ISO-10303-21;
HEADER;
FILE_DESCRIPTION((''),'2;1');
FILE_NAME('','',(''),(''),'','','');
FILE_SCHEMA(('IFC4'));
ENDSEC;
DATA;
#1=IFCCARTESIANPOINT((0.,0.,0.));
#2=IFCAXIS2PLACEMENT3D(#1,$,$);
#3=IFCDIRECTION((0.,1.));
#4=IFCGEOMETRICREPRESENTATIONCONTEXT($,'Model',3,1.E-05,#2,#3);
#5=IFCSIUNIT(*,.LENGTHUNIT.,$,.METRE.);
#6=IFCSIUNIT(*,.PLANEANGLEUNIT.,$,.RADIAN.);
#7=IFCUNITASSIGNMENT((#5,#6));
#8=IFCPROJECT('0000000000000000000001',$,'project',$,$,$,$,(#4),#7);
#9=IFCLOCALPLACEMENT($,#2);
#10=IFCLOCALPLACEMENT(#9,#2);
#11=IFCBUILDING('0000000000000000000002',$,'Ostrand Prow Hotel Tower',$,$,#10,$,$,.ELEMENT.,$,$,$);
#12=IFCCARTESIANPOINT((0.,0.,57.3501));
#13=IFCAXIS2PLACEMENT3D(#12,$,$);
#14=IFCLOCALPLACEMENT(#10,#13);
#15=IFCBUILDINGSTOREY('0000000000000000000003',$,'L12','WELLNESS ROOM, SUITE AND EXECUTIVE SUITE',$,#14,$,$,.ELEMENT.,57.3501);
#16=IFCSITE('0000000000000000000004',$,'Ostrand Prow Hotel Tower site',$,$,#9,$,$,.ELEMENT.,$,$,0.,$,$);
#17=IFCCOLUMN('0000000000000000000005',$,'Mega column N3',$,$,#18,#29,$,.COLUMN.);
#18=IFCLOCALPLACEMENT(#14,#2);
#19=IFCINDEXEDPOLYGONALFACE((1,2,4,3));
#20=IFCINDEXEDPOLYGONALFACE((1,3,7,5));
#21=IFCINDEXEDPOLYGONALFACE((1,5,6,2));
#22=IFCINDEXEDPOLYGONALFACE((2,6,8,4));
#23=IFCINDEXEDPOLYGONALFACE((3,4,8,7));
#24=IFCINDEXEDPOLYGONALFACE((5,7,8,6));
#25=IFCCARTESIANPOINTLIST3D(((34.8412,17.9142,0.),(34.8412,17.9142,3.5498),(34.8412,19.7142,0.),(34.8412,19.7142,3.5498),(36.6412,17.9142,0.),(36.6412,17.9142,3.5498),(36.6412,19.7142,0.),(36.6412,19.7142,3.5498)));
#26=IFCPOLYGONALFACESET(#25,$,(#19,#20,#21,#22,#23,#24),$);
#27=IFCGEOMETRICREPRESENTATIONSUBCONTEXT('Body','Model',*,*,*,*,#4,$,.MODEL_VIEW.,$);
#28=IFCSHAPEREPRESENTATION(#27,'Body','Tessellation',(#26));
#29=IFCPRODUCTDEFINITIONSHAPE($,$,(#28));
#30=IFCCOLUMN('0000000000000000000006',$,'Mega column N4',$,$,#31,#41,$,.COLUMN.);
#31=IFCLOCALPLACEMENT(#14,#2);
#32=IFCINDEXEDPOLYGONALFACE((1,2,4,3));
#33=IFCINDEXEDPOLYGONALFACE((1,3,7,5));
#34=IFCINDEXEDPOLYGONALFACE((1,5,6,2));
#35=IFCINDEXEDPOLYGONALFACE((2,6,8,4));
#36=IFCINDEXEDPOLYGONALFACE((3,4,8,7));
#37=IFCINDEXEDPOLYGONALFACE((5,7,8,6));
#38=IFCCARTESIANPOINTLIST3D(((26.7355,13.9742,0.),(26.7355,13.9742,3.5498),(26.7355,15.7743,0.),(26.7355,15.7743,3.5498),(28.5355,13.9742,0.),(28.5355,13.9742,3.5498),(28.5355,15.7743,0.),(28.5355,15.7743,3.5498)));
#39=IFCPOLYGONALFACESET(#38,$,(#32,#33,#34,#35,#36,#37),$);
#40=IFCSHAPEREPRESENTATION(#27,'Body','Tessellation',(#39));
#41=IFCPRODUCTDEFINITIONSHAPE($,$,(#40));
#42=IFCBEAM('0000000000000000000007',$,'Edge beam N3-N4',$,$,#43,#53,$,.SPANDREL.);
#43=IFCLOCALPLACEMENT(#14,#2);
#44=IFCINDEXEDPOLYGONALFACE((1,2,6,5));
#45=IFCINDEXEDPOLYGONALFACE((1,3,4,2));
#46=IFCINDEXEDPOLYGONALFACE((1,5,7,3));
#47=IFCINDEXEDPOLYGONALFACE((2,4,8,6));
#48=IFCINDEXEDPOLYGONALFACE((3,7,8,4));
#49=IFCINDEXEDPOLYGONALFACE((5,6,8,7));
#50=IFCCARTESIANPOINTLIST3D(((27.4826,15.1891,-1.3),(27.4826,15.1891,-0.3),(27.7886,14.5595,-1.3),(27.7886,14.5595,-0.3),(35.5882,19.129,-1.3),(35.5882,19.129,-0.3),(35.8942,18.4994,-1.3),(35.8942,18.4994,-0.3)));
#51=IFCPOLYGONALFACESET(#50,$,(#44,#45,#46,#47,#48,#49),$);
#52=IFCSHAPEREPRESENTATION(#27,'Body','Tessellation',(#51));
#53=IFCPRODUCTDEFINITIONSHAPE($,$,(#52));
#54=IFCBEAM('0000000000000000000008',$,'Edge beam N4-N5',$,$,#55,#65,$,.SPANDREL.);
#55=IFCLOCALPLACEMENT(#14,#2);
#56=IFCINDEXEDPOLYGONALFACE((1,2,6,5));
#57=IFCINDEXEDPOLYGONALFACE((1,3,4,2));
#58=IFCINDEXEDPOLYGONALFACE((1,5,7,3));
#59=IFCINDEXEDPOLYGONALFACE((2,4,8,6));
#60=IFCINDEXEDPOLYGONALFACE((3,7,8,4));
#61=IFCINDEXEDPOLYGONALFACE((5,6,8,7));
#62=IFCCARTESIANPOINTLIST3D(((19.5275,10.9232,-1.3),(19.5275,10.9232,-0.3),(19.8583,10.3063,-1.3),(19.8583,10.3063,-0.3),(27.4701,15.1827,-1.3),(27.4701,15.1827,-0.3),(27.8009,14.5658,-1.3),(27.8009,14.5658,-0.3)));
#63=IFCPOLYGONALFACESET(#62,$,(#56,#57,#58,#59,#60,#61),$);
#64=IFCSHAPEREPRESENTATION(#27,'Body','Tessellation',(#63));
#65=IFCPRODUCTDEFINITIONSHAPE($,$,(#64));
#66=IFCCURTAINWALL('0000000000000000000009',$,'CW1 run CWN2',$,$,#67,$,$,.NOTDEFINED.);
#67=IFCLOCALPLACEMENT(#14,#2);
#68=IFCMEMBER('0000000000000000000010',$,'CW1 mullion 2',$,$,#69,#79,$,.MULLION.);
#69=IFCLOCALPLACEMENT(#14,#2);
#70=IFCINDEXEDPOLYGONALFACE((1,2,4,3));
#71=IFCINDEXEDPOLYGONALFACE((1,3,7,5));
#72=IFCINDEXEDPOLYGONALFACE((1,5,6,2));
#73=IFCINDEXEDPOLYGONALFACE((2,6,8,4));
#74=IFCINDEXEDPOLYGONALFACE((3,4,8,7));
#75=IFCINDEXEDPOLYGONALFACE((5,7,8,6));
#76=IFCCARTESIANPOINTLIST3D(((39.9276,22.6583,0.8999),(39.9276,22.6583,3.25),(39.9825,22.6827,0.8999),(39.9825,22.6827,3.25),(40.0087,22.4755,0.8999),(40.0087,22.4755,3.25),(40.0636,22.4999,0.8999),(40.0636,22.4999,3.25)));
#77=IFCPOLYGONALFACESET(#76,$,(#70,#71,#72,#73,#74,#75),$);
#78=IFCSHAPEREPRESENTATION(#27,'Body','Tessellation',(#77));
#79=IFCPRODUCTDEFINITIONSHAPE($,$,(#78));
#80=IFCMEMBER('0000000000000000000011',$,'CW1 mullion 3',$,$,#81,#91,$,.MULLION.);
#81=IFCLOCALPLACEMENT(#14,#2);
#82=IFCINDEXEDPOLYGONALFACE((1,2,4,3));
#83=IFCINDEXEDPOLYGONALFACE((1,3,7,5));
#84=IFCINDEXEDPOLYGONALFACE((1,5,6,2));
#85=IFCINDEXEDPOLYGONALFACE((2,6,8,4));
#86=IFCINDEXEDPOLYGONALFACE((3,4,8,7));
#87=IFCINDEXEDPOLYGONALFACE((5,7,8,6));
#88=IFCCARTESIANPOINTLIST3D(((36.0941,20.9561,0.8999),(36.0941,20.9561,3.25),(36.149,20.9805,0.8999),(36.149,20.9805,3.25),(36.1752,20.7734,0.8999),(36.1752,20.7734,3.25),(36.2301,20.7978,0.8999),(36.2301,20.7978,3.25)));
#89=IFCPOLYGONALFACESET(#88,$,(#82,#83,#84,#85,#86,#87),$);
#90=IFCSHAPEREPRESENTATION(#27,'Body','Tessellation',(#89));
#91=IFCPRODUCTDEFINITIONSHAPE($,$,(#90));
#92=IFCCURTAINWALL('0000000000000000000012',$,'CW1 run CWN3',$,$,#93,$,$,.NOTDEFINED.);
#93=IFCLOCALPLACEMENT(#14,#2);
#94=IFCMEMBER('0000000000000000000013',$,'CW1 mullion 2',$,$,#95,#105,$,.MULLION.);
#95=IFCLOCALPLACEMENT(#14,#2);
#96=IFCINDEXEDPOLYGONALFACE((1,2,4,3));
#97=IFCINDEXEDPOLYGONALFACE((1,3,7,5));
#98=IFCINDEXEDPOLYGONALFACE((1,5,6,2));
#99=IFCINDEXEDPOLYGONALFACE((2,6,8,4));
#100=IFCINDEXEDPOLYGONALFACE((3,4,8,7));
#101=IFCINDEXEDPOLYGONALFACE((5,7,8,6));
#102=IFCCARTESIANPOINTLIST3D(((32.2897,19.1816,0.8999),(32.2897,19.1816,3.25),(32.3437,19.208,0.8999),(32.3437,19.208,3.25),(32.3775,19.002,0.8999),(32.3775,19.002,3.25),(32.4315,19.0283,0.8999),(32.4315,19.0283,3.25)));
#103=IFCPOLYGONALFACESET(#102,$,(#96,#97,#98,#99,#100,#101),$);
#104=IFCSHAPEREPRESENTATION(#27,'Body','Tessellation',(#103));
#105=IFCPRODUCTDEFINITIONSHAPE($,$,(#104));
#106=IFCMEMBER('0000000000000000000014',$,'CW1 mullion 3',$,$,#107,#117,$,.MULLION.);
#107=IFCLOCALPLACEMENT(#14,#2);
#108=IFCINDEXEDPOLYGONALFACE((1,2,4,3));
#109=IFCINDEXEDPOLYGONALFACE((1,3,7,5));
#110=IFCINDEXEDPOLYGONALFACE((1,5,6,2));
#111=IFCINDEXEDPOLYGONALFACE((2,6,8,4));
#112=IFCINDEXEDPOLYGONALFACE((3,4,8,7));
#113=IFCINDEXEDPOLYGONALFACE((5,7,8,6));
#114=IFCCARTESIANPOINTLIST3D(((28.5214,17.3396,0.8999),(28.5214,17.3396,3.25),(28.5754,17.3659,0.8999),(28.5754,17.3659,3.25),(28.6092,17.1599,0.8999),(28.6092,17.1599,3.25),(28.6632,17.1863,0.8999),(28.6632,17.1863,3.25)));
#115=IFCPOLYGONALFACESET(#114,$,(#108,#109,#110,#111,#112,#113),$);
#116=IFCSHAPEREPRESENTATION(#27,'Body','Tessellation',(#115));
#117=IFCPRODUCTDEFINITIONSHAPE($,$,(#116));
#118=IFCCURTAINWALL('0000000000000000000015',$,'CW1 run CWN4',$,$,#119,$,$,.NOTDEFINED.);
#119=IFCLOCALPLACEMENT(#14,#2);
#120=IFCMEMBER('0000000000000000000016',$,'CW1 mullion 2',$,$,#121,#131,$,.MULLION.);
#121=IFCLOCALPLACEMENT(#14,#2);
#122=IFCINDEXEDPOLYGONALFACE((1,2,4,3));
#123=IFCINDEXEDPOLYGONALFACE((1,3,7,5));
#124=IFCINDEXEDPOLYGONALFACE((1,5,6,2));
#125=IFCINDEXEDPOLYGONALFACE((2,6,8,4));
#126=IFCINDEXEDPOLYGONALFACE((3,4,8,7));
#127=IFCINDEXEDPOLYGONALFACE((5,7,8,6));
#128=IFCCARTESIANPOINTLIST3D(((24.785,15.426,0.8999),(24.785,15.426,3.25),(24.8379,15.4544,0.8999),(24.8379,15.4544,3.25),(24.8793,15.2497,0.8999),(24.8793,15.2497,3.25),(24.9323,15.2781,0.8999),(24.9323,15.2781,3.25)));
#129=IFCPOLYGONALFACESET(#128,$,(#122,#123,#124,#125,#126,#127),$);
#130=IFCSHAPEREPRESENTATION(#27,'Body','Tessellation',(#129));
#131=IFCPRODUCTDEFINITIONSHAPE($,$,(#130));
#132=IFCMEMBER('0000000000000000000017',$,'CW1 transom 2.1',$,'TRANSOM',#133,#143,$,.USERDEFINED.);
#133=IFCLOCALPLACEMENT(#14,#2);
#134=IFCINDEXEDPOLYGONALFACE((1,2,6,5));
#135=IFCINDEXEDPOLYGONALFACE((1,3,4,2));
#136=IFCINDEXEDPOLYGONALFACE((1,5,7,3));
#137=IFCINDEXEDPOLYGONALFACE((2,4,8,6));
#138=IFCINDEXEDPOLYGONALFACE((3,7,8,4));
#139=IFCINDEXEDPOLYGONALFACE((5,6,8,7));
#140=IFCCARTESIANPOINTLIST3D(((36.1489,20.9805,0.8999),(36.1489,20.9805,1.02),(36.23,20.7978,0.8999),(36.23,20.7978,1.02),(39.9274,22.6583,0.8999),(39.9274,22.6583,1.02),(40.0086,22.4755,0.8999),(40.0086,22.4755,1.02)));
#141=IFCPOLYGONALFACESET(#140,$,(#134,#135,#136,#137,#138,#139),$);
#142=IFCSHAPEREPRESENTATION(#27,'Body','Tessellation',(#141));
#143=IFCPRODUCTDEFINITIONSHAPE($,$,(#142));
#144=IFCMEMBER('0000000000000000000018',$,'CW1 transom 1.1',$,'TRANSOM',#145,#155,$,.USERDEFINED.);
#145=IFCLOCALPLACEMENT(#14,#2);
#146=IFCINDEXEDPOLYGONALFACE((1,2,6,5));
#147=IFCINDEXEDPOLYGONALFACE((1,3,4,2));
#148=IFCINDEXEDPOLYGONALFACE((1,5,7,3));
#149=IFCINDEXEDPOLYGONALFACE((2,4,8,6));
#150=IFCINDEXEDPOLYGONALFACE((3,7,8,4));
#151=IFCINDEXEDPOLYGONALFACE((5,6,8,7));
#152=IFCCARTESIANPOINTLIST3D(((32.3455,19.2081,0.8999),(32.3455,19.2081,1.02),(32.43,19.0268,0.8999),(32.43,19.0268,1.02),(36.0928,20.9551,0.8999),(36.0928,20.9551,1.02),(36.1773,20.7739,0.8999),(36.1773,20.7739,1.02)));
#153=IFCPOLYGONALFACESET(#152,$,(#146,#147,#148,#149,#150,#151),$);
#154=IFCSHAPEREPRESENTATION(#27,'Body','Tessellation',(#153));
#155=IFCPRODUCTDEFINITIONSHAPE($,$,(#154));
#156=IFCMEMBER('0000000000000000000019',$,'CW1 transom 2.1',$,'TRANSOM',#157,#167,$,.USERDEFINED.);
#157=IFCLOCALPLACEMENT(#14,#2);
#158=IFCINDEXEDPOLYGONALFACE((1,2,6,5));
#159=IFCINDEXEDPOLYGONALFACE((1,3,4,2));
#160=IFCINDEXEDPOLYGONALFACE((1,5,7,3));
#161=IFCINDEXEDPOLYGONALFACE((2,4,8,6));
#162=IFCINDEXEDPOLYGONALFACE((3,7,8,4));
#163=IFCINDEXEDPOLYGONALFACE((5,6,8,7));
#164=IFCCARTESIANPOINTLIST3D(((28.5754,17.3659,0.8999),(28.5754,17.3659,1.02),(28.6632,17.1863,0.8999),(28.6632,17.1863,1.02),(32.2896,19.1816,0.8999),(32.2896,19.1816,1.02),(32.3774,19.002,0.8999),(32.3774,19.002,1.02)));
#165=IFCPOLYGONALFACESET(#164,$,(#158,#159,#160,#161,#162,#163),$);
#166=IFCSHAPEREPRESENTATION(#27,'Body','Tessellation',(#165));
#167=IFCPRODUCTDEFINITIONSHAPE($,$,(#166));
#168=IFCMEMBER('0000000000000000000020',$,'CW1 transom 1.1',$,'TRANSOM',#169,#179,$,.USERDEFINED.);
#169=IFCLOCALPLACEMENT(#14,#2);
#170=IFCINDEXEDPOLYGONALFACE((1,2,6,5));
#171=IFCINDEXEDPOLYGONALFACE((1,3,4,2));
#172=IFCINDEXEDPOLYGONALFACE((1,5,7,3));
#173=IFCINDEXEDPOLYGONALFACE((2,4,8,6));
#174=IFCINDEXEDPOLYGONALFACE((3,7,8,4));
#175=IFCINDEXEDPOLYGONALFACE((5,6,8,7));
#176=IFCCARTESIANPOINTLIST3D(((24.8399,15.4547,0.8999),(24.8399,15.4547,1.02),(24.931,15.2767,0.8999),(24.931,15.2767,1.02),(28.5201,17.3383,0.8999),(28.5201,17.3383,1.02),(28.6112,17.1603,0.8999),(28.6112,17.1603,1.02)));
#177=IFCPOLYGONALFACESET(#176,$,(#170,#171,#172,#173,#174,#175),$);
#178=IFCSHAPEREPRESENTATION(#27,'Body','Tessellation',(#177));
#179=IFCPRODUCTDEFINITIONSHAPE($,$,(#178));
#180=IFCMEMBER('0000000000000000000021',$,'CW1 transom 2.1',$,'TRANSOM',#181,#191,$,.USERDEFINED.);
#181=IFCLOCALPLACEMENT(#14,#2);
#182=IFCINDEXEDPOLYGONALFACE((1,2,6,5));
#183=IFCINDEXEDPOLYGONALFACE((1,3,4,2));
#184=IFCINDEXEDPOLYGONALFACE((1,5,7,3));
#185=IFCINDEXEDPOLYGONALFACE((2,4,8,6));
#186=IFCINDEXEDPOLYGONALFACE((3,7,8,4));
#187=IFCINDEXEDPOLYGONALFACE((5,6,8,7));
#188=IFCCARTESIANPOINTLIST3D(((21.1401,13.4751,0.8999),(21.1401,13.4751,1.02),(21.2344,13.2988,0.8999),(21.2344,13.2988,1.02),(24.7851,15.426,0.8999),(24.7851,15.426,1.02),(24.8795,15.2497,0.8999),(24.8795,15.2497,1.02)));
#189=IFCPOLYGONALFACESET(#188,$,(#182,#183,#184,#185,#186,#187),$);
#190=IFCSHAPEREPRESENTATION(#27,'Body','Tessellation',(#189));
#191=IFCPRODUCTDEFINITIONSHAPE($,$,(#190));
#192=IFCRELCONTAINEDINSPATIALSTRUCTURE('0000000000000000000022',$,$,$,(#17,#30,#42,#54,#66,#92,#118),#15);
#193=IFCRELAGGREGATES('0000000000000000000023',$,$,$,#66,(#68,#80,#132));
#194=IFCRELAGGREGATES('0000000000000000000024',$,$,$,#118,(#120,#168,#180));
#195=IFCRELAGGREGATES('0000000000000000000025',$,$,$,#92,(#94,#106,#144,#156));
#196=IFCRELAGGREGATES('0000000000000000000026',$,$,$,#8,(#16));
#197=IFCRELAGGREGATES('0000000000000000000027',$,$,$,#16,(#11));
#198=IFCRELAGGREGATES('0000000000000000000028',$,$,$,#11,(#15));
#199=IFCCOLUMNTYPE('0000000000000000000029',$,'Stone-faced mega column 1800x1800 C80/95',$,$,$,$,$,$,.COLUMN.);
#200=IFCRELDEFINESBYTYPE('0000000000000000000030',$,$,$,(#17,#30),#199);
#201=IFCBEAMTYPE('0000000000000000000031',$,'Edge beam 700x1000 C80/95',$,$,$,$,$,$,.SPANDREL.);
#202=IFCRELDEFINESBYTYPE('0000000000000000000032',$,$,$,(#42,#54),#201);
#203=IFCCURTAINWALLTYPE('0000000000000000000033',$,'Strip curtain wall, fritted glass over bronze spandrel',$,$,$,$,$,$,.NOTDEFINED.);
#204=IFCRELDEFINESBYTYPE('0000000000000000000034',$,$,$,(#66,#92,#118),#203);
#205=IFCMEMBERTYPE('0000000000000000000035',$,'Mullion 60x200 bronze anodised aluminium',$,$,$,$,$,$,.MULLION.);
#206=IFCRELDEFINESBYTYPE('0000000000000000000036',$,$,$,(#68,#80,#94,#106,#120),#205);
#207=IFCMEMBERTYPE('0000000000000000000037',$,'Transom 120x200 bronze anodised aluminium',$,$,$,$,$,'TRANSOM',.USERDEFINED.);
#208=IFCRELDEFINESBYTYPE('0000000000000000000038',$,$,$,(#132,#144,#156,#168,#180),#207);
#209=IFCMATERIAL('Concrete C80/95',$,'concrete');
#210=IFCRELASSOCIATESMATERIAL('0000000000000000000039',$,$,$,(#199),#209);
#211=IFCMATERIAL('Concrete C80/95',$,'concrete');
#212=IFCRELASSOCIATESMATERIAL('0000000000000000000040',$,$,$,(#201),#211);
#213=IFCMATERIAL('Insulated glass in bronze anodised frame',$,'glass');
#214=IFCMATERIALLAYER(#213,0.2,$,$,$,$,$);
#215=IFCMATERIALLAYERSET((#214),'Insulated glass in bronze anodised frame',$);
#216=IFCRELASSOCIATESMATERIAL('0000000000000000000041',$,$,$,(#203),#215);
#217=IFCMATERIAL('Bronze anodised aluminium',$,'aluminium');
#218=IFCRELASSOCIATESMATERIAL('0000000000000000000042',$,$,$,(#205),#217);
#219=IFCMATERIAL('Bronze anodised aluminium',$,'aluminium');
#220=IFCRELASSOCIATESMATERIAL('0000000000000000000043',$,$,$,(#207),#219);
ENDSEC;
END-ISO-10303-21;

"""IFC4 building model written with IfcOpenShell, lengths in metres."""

from ifc_helpers import new_model, si_unit, direction, frame, origin, origin_2d, place, context, subcontext, project, spatial, rectangle, extrude, material, layer, layer_set, material_profile, profile_set, type_object, element, aggregate, save


model = new_model("IFC4")

# Units and contexts
model_context = context("Model", 3, precision=1e-05, world=origin(), true_north=direction((0.0, 1.0)))
body_context = subcontext(model_context, "Body", "Model", "MODEL_VIEW")
ifc_project = project(units=[si_unit("LENGTHUNIT", "METRE"), si_unit("PLANEANGLEUNIT", "RADIAN")], contexts=[model_context])

# Site, building, storey
site_placement = place(None, origin())
site = spatial("IfcSite", under=ifc_project, at=site_placement, Name="Ostrand Prow Hotel Tower site", CompositionType="ELEMENT", RefElevation=0.0)
building_placement = place(site_placement, origin())
building = spatial("IfcBuilding", under=site, at=building_placement, Name="Ostrand Prow Hotel Tower", CompositionType="ELEMENT")
storey_placement = place(building_placement, frame((0.0, 0.0, 57.3501)))
storey = spatial("IfcBuildingStorey", under=building, at=storey_placement, Name="L12", Description="WELLNESS ROOM, SUITE AND EXECUTIVE SUITE", CompositionType="ELEMENT", Elevation=57.3501)

# Columns
ifc_material_1 = material(Name="Concrete C80/95", Category="concrete")
ifc_material_profile_1 = material_profile(ifc_material_1, rectangle(XDim=1.8, YDim=1.8, at=origin_2d()), Name="RC 1800x1800")
ifc_profile_set_1 = profile_set([ifc_material_profile_1], Name="Concrete C80/95")
column_type = type_object("IfcColumnType", Name="Stone-faced mega column 1800x1800 C80/95", PredefinedType="COLUMN", material=ifc_profile_set_1)
for number, where, z_axis, x_axis, name in (
    (1, (35.7412, 18.8142, 0.0), (0.0, 0.0, 1.0), (1.0, 0.0, 0.0), "Mega column N3"),
    (2, (27.6355, 14.8743, 0.0), (0.0, 0.0, 1.0), (1.0, 0.0, 0.0), "Mega column N4"),
):
    element("IfcColumn", number, at=place(storey_placement, frame(where, z_axis=z_axis, x_axis=x_axis)), inside=storey, type_object=column_type, Name=name, PredefinedType="COLUMN", context=body_context, shape_type="SweptSolid", body=[
        extrude(rectangle(XDim=1.8, YDim=1.8, at=origin_2d()), origin(), (0.0, 0.0, 1.0), 3.5498),
    ])

# Beams
ifc_material_2 = material(Name="Concrete C80/95", Category="concrete")
ifc_material_profile_2 = material_profile(ifc_material_2, rectangle(XDim=0.7, YDim=1.0, at=origin_2d()), Name="RC 700x1000")
ifc_profile_set_2 = profile_set([ifc_material_profile_2], Name="Concrete C80/95")
beam_type = type_object("IfcBeamType", Name="Edge beam 700x1000 C80/95", PredefinedType="SPANDREL", material=ifc_profile_set_2)
beam_1_placement = place(storey_placement, frame((35.7412, 18.8142, -0.8), z_axis=(-0.899382, -0.437163, 0.0), x_axis=(0.437163, -0.899382, 0.0)))
element("IfcBeam", 3, at=beam_1_placement, inside=storey, type_object=beam_type, Name="Edge beam N3-N4", PredefinedType="SPANDREL", context=body_context, shape_type="SweptSolid", body=[
    extrude(rectangle(XDim=0.7, YDim=1.0, at=origin_2d()), origin(), (0.0, 0.0, 1.0), 9.0125),
])
beam_2_placement = place(storey_placement, frame((27.6355, 14.8743, -0.8), z_axis=(-0.88127, -0.472613, 0.0), x_axis=(0.472613, -0.88127, 0.0)))
element("IfcBeam", 4, at=beam_2_placement, inside=storey, type_object=beam_type, Name="Edge beam N4-N5", PredefinedType="SPANDREL", context=body_context, shape_type="SweptSolid", body=[
    extrude(rectangle(XDim=0.7, YDim=1.0, at=origin_2d()), origin(), (0.0, 0.0, 1.0), 9.0127),
])

# Curtain walls, members
ifc_material_3 = material(Name="Insulated glass in bronze anodised frame", Category="glass")
ifc_layer_1 = layer(ifc_material_3, 0.2)
ifc_layer_set_1 = layer_set([ifc_layer_1], Name="Insulated glass in bronze anodised frame")
curtain_wall_type = type_object("IfcCurtainWallType", Name="Strip curtain wall, fritted glass over bronze spandrel", PredefinedType="NOTDEFINED", material=ifc_layer_set_1)
curtain_wall_1_placement = place(storey_placement, origin())
curtain_wall_1 = element("IfcCurtainWall", 5, at=curtain_wall_1_placement, inside=storey, type_object=curtain_wall_type, Name="CW1 run CWN2", PredefinedType="NOTDEFINED")
ifc_material_4 = material(Name="Bronze anodised aluminium", Category="aluminium")
ifc_material_profile_3 = material_profile(ifc_material_4, rectangle(XDim=0.2, YDim=0.0601, at=origin_2d()), Name="Mullion 60x200 bronze anodised aluminium")
ifc_profile_set_3 = profile_set([ifc_material_profile_3], Name="Bronze anodised aluminium")
member_type_1 = type_object("IfcMemberType", Name="Mullion 60x200 bronze anodised aluminium", PredefinedType="MULLION", material=ifc_profile_set_3)
member_1_placement = place(storey_placement, frame((39.9956, 22.5791, 0.8999), z_axis=(0.0, 0.0, 1.0), x_axis=(0.40578, -0.913971, 0.0)))
member_1 = element("IfcMember", 6, at=member_1_placement, type_object=member_type_1, Name="CW1 mullion 2", PredefinedType="MULLION", context=body_context, shape_type="SweptSolid", body=[
    extrude(rectangle(XDim=0.2, YDim=0.0601, at=origin_2d()), origin(), (0.0, 0.0, 1.0), 2.3501),
])
member_2_placement = place(storey_placement, frame((36.1621, 20.877, 0.8999), z_axis=(0.0, 0.0, 1.0), x_axis=(0.40578, -0.913971, 0.0)))
member_2 = element("IfcMember", 7, at=member_2_placement, type_object=member_type_1, Name="CW1 mullion 3", PredefinedType="MULLION", context=body_context, shape_type="SweptSolid", body=[
    extrude(rectangle(XDim=0.2, YDim=0.0601, at=origin_2d()), origin(), (0.0, 0.0, 1.0), 2.3501),
])
curtain_wall_2_placement = place(storey_placement, origin())
curtain_wall_2 = element("IfcCurtainWall", 8, at=curtain_wall_2_placement, inside=storey, type_object=curtain_wall_type, Name="CW1 run CWN3", PredefinedType="NOTDEFINED")
member_3_placement = place(storey_placement, frame((32.3606, 19.105, 0.8999), z_axis=(0.0, 0.0, 1.0), x_axis=(0.439138, -0.89842, 0.0)))
member_3 = element("IfcMember", 9, at=member_3_placement, type_object=member_type_1, Name="CW1 mullion 2", PredefinedType="MULLION", context=body_context, shape_type="SweptSolid", body=[
    extrude(rectangle(XDim=0.2, YDim=0.0601, at=origin_2d()), origin(), (0.0, 0.0, 1.0), 2.3501),
])
member_4_placement = place(storey_placement, frame((28.5923, 17.2629, 0.8999), z_axis=(0.0, 0.0, 1.0), x_axis=(0.439138, -0.89842, 0.0)))
member_4 = element("IfcMember", 10, at=member_4_placement, type_object=member_type_1, Name="CW1 mullion 3", PredefinedType="MULLION", context=body_context, shape_type="SweptSolid", body=[
    extrude(rectangle(XDim=0.2, YDim=0.0601, at=origin_2d()), origin(), (0.0, 0.0, 1.0), 2.3501),
])

# Curtain wall, member
curtain_wall_3_placement = place(storey_placement, origin())
curtain_wall_3 = element("IfcCurtainWall", 11, at=curtain_wall_3_placement, inside=storey, type_object=curtain_wall_type, Name="CW1 run CWN4", PredefinedType="NOTDEFINED")
member_5_placement = place(storey_placement, frame((24.8586, 15.3521, 0.8999), z_axis=(0.0, 0.0, 1.0), x_axis=(0.4719, -0.881652, 0.0)))
member_5 = element("IfcMember", 12, at=member_5_placement, type_object=member_type_1, Name="CW1 mullion 2", PredefinedType="MULLION", context=body_context, shape_type="SweptSolid", body=[
    extrude(rectangle(XDim=0.2, YDim=0.0601, at=origin_2d()), origin(), (0.0, 0.0, 1.0), 2.3501),
])

# Members
ifc_material_5 = material(Name="Bronze anodised aluminium", Category="aluminium")
ifc_material_profile_4 = material_profile(ifc_material_5, rectangle(XDim=0.2, YDim=0.1201, at=origin_2d()), Name="Transom 120x200 bronze anodised aluminium")
ifc_profile_set_4 = profile_set([ifc_material_profile_4], Name="Bronze anodised aluminium")
member_type_2 = type_object("IfcMemberType", Name="Transom 120x200 bronze anodised aluminium", ElementType="TRANSOM", PredefinedType="USERDEFINED", material=ifc_profile_set_4)
member_6_placement = place(storey_placement, frame((39.968, 22.5669, 0.96), z_axis=(-0.913958, -0.40581, 0.0), x_axis=(0.40581, -0.913958, 0.0)))
member_6 = element("IfcMember", 13, at=member_6_placement, type_object=member_type_2, Name="CW1 transom 2.1", ObjectType="TRANSOM", PredefinedType="USERDEFINED", context=body_context, shape_type="SweptSolid", body=[
    extrude(rectangle(XDim=0.2, YDim=0.1201, at=origin_2d()), origin(), (0.0, 0.0, 1.0), 4.1343),
])
member_7_placement = place(storey_placement, frame((36.135, 20.8645, 0.96), z_axis=(-0.906338, -0.422552, 0.0), x_axis=(0.422552, -0.906338, 0.0)))
member_7 = element("IfcMember", 14, at=member_7_placement, type_object=member_type_2, Name="CW1 transom 1.1", ObjectType="TRANSOM", PredefinedType="USERDEFINED", context=body_context, shape_type="SweptSolid", body=[
    extrude(rectangle(XDim=0.2, YDim=0.1201, at=origin_2d()), origin(), (0.0, 0.0, 1.0), 4.1345),
])
member_8_placement = place(storey_placement, frame((32.3335, 19.0918, 0.96), z_axis=(-0.898395, -0.439188, 0.0), x_axis=(0.439188, -0.898395, 0.0)))
member_8 = element("IfcMember", 15, at=member_8_placement, type_object=member_type_2, Name="CW1 transom 2.1", ObjectType="TRANSOM", PredefinedType="USERDEFINED", context=body_context, shape_type="SweptSolid", body=[
    extrude(rectangle(XDim=0.2, YDim=0.1201, at=origin_2d()), origin(), (0.0, 0.0, 1.0), 4.1343),
])
member_9_placement = place(storey_placement, frame((28.5657, 17.2493, 0.96), z_axis=(-0.890183, -0.455603, 0.0), x_axis=(0.455603, -0.890183, 0.0)))
member_9 = element("IfcMember", 16, at=member_9_placement, type_object=member_type_2, Name="CW1 transom 1.1", ObjectType="TRANSOM", PredefinedType="USERDEFINED", context=body_context, shape_type="SweptSolid", body=[
    extrude(rectangle(XDim=0.2, YDim=0.1201, at=origin_2d()), origin(), (0.0, 0.0, 1.0), 4.1343),
])
member_10_placement = place(storey_placement, frame((24.8323, 15.3379, 0.96), z_axis=(-0.881657, -0.47189, 0.0), x_axis=(0.47189, -0.881657, 0.0)))
member_10 = element("IfcMember", 17, at=member_10_placement, type_object=member_type_2, Name="CW1 transom 2.1", ObjectType="TRANSOM", PredefinedType="USERDEFINED", context=body_context, shape_type="SweptSolid", body=[
    extrude(rectangle(XDim=0.2, YDim=0.1201, at=origin_2d()), origin(), (0.0, 0.0, 1.0), 4.1343),
])

aggregate(curtain_wall_1, [member_1, member_2, member_6])
aggregate(curtain_wall_3, [member_5, member_9, member_10])
aggregate(curtain_wall_2, [member_3, member_4, member_7, member_8])

save(model, "model.ifc")
